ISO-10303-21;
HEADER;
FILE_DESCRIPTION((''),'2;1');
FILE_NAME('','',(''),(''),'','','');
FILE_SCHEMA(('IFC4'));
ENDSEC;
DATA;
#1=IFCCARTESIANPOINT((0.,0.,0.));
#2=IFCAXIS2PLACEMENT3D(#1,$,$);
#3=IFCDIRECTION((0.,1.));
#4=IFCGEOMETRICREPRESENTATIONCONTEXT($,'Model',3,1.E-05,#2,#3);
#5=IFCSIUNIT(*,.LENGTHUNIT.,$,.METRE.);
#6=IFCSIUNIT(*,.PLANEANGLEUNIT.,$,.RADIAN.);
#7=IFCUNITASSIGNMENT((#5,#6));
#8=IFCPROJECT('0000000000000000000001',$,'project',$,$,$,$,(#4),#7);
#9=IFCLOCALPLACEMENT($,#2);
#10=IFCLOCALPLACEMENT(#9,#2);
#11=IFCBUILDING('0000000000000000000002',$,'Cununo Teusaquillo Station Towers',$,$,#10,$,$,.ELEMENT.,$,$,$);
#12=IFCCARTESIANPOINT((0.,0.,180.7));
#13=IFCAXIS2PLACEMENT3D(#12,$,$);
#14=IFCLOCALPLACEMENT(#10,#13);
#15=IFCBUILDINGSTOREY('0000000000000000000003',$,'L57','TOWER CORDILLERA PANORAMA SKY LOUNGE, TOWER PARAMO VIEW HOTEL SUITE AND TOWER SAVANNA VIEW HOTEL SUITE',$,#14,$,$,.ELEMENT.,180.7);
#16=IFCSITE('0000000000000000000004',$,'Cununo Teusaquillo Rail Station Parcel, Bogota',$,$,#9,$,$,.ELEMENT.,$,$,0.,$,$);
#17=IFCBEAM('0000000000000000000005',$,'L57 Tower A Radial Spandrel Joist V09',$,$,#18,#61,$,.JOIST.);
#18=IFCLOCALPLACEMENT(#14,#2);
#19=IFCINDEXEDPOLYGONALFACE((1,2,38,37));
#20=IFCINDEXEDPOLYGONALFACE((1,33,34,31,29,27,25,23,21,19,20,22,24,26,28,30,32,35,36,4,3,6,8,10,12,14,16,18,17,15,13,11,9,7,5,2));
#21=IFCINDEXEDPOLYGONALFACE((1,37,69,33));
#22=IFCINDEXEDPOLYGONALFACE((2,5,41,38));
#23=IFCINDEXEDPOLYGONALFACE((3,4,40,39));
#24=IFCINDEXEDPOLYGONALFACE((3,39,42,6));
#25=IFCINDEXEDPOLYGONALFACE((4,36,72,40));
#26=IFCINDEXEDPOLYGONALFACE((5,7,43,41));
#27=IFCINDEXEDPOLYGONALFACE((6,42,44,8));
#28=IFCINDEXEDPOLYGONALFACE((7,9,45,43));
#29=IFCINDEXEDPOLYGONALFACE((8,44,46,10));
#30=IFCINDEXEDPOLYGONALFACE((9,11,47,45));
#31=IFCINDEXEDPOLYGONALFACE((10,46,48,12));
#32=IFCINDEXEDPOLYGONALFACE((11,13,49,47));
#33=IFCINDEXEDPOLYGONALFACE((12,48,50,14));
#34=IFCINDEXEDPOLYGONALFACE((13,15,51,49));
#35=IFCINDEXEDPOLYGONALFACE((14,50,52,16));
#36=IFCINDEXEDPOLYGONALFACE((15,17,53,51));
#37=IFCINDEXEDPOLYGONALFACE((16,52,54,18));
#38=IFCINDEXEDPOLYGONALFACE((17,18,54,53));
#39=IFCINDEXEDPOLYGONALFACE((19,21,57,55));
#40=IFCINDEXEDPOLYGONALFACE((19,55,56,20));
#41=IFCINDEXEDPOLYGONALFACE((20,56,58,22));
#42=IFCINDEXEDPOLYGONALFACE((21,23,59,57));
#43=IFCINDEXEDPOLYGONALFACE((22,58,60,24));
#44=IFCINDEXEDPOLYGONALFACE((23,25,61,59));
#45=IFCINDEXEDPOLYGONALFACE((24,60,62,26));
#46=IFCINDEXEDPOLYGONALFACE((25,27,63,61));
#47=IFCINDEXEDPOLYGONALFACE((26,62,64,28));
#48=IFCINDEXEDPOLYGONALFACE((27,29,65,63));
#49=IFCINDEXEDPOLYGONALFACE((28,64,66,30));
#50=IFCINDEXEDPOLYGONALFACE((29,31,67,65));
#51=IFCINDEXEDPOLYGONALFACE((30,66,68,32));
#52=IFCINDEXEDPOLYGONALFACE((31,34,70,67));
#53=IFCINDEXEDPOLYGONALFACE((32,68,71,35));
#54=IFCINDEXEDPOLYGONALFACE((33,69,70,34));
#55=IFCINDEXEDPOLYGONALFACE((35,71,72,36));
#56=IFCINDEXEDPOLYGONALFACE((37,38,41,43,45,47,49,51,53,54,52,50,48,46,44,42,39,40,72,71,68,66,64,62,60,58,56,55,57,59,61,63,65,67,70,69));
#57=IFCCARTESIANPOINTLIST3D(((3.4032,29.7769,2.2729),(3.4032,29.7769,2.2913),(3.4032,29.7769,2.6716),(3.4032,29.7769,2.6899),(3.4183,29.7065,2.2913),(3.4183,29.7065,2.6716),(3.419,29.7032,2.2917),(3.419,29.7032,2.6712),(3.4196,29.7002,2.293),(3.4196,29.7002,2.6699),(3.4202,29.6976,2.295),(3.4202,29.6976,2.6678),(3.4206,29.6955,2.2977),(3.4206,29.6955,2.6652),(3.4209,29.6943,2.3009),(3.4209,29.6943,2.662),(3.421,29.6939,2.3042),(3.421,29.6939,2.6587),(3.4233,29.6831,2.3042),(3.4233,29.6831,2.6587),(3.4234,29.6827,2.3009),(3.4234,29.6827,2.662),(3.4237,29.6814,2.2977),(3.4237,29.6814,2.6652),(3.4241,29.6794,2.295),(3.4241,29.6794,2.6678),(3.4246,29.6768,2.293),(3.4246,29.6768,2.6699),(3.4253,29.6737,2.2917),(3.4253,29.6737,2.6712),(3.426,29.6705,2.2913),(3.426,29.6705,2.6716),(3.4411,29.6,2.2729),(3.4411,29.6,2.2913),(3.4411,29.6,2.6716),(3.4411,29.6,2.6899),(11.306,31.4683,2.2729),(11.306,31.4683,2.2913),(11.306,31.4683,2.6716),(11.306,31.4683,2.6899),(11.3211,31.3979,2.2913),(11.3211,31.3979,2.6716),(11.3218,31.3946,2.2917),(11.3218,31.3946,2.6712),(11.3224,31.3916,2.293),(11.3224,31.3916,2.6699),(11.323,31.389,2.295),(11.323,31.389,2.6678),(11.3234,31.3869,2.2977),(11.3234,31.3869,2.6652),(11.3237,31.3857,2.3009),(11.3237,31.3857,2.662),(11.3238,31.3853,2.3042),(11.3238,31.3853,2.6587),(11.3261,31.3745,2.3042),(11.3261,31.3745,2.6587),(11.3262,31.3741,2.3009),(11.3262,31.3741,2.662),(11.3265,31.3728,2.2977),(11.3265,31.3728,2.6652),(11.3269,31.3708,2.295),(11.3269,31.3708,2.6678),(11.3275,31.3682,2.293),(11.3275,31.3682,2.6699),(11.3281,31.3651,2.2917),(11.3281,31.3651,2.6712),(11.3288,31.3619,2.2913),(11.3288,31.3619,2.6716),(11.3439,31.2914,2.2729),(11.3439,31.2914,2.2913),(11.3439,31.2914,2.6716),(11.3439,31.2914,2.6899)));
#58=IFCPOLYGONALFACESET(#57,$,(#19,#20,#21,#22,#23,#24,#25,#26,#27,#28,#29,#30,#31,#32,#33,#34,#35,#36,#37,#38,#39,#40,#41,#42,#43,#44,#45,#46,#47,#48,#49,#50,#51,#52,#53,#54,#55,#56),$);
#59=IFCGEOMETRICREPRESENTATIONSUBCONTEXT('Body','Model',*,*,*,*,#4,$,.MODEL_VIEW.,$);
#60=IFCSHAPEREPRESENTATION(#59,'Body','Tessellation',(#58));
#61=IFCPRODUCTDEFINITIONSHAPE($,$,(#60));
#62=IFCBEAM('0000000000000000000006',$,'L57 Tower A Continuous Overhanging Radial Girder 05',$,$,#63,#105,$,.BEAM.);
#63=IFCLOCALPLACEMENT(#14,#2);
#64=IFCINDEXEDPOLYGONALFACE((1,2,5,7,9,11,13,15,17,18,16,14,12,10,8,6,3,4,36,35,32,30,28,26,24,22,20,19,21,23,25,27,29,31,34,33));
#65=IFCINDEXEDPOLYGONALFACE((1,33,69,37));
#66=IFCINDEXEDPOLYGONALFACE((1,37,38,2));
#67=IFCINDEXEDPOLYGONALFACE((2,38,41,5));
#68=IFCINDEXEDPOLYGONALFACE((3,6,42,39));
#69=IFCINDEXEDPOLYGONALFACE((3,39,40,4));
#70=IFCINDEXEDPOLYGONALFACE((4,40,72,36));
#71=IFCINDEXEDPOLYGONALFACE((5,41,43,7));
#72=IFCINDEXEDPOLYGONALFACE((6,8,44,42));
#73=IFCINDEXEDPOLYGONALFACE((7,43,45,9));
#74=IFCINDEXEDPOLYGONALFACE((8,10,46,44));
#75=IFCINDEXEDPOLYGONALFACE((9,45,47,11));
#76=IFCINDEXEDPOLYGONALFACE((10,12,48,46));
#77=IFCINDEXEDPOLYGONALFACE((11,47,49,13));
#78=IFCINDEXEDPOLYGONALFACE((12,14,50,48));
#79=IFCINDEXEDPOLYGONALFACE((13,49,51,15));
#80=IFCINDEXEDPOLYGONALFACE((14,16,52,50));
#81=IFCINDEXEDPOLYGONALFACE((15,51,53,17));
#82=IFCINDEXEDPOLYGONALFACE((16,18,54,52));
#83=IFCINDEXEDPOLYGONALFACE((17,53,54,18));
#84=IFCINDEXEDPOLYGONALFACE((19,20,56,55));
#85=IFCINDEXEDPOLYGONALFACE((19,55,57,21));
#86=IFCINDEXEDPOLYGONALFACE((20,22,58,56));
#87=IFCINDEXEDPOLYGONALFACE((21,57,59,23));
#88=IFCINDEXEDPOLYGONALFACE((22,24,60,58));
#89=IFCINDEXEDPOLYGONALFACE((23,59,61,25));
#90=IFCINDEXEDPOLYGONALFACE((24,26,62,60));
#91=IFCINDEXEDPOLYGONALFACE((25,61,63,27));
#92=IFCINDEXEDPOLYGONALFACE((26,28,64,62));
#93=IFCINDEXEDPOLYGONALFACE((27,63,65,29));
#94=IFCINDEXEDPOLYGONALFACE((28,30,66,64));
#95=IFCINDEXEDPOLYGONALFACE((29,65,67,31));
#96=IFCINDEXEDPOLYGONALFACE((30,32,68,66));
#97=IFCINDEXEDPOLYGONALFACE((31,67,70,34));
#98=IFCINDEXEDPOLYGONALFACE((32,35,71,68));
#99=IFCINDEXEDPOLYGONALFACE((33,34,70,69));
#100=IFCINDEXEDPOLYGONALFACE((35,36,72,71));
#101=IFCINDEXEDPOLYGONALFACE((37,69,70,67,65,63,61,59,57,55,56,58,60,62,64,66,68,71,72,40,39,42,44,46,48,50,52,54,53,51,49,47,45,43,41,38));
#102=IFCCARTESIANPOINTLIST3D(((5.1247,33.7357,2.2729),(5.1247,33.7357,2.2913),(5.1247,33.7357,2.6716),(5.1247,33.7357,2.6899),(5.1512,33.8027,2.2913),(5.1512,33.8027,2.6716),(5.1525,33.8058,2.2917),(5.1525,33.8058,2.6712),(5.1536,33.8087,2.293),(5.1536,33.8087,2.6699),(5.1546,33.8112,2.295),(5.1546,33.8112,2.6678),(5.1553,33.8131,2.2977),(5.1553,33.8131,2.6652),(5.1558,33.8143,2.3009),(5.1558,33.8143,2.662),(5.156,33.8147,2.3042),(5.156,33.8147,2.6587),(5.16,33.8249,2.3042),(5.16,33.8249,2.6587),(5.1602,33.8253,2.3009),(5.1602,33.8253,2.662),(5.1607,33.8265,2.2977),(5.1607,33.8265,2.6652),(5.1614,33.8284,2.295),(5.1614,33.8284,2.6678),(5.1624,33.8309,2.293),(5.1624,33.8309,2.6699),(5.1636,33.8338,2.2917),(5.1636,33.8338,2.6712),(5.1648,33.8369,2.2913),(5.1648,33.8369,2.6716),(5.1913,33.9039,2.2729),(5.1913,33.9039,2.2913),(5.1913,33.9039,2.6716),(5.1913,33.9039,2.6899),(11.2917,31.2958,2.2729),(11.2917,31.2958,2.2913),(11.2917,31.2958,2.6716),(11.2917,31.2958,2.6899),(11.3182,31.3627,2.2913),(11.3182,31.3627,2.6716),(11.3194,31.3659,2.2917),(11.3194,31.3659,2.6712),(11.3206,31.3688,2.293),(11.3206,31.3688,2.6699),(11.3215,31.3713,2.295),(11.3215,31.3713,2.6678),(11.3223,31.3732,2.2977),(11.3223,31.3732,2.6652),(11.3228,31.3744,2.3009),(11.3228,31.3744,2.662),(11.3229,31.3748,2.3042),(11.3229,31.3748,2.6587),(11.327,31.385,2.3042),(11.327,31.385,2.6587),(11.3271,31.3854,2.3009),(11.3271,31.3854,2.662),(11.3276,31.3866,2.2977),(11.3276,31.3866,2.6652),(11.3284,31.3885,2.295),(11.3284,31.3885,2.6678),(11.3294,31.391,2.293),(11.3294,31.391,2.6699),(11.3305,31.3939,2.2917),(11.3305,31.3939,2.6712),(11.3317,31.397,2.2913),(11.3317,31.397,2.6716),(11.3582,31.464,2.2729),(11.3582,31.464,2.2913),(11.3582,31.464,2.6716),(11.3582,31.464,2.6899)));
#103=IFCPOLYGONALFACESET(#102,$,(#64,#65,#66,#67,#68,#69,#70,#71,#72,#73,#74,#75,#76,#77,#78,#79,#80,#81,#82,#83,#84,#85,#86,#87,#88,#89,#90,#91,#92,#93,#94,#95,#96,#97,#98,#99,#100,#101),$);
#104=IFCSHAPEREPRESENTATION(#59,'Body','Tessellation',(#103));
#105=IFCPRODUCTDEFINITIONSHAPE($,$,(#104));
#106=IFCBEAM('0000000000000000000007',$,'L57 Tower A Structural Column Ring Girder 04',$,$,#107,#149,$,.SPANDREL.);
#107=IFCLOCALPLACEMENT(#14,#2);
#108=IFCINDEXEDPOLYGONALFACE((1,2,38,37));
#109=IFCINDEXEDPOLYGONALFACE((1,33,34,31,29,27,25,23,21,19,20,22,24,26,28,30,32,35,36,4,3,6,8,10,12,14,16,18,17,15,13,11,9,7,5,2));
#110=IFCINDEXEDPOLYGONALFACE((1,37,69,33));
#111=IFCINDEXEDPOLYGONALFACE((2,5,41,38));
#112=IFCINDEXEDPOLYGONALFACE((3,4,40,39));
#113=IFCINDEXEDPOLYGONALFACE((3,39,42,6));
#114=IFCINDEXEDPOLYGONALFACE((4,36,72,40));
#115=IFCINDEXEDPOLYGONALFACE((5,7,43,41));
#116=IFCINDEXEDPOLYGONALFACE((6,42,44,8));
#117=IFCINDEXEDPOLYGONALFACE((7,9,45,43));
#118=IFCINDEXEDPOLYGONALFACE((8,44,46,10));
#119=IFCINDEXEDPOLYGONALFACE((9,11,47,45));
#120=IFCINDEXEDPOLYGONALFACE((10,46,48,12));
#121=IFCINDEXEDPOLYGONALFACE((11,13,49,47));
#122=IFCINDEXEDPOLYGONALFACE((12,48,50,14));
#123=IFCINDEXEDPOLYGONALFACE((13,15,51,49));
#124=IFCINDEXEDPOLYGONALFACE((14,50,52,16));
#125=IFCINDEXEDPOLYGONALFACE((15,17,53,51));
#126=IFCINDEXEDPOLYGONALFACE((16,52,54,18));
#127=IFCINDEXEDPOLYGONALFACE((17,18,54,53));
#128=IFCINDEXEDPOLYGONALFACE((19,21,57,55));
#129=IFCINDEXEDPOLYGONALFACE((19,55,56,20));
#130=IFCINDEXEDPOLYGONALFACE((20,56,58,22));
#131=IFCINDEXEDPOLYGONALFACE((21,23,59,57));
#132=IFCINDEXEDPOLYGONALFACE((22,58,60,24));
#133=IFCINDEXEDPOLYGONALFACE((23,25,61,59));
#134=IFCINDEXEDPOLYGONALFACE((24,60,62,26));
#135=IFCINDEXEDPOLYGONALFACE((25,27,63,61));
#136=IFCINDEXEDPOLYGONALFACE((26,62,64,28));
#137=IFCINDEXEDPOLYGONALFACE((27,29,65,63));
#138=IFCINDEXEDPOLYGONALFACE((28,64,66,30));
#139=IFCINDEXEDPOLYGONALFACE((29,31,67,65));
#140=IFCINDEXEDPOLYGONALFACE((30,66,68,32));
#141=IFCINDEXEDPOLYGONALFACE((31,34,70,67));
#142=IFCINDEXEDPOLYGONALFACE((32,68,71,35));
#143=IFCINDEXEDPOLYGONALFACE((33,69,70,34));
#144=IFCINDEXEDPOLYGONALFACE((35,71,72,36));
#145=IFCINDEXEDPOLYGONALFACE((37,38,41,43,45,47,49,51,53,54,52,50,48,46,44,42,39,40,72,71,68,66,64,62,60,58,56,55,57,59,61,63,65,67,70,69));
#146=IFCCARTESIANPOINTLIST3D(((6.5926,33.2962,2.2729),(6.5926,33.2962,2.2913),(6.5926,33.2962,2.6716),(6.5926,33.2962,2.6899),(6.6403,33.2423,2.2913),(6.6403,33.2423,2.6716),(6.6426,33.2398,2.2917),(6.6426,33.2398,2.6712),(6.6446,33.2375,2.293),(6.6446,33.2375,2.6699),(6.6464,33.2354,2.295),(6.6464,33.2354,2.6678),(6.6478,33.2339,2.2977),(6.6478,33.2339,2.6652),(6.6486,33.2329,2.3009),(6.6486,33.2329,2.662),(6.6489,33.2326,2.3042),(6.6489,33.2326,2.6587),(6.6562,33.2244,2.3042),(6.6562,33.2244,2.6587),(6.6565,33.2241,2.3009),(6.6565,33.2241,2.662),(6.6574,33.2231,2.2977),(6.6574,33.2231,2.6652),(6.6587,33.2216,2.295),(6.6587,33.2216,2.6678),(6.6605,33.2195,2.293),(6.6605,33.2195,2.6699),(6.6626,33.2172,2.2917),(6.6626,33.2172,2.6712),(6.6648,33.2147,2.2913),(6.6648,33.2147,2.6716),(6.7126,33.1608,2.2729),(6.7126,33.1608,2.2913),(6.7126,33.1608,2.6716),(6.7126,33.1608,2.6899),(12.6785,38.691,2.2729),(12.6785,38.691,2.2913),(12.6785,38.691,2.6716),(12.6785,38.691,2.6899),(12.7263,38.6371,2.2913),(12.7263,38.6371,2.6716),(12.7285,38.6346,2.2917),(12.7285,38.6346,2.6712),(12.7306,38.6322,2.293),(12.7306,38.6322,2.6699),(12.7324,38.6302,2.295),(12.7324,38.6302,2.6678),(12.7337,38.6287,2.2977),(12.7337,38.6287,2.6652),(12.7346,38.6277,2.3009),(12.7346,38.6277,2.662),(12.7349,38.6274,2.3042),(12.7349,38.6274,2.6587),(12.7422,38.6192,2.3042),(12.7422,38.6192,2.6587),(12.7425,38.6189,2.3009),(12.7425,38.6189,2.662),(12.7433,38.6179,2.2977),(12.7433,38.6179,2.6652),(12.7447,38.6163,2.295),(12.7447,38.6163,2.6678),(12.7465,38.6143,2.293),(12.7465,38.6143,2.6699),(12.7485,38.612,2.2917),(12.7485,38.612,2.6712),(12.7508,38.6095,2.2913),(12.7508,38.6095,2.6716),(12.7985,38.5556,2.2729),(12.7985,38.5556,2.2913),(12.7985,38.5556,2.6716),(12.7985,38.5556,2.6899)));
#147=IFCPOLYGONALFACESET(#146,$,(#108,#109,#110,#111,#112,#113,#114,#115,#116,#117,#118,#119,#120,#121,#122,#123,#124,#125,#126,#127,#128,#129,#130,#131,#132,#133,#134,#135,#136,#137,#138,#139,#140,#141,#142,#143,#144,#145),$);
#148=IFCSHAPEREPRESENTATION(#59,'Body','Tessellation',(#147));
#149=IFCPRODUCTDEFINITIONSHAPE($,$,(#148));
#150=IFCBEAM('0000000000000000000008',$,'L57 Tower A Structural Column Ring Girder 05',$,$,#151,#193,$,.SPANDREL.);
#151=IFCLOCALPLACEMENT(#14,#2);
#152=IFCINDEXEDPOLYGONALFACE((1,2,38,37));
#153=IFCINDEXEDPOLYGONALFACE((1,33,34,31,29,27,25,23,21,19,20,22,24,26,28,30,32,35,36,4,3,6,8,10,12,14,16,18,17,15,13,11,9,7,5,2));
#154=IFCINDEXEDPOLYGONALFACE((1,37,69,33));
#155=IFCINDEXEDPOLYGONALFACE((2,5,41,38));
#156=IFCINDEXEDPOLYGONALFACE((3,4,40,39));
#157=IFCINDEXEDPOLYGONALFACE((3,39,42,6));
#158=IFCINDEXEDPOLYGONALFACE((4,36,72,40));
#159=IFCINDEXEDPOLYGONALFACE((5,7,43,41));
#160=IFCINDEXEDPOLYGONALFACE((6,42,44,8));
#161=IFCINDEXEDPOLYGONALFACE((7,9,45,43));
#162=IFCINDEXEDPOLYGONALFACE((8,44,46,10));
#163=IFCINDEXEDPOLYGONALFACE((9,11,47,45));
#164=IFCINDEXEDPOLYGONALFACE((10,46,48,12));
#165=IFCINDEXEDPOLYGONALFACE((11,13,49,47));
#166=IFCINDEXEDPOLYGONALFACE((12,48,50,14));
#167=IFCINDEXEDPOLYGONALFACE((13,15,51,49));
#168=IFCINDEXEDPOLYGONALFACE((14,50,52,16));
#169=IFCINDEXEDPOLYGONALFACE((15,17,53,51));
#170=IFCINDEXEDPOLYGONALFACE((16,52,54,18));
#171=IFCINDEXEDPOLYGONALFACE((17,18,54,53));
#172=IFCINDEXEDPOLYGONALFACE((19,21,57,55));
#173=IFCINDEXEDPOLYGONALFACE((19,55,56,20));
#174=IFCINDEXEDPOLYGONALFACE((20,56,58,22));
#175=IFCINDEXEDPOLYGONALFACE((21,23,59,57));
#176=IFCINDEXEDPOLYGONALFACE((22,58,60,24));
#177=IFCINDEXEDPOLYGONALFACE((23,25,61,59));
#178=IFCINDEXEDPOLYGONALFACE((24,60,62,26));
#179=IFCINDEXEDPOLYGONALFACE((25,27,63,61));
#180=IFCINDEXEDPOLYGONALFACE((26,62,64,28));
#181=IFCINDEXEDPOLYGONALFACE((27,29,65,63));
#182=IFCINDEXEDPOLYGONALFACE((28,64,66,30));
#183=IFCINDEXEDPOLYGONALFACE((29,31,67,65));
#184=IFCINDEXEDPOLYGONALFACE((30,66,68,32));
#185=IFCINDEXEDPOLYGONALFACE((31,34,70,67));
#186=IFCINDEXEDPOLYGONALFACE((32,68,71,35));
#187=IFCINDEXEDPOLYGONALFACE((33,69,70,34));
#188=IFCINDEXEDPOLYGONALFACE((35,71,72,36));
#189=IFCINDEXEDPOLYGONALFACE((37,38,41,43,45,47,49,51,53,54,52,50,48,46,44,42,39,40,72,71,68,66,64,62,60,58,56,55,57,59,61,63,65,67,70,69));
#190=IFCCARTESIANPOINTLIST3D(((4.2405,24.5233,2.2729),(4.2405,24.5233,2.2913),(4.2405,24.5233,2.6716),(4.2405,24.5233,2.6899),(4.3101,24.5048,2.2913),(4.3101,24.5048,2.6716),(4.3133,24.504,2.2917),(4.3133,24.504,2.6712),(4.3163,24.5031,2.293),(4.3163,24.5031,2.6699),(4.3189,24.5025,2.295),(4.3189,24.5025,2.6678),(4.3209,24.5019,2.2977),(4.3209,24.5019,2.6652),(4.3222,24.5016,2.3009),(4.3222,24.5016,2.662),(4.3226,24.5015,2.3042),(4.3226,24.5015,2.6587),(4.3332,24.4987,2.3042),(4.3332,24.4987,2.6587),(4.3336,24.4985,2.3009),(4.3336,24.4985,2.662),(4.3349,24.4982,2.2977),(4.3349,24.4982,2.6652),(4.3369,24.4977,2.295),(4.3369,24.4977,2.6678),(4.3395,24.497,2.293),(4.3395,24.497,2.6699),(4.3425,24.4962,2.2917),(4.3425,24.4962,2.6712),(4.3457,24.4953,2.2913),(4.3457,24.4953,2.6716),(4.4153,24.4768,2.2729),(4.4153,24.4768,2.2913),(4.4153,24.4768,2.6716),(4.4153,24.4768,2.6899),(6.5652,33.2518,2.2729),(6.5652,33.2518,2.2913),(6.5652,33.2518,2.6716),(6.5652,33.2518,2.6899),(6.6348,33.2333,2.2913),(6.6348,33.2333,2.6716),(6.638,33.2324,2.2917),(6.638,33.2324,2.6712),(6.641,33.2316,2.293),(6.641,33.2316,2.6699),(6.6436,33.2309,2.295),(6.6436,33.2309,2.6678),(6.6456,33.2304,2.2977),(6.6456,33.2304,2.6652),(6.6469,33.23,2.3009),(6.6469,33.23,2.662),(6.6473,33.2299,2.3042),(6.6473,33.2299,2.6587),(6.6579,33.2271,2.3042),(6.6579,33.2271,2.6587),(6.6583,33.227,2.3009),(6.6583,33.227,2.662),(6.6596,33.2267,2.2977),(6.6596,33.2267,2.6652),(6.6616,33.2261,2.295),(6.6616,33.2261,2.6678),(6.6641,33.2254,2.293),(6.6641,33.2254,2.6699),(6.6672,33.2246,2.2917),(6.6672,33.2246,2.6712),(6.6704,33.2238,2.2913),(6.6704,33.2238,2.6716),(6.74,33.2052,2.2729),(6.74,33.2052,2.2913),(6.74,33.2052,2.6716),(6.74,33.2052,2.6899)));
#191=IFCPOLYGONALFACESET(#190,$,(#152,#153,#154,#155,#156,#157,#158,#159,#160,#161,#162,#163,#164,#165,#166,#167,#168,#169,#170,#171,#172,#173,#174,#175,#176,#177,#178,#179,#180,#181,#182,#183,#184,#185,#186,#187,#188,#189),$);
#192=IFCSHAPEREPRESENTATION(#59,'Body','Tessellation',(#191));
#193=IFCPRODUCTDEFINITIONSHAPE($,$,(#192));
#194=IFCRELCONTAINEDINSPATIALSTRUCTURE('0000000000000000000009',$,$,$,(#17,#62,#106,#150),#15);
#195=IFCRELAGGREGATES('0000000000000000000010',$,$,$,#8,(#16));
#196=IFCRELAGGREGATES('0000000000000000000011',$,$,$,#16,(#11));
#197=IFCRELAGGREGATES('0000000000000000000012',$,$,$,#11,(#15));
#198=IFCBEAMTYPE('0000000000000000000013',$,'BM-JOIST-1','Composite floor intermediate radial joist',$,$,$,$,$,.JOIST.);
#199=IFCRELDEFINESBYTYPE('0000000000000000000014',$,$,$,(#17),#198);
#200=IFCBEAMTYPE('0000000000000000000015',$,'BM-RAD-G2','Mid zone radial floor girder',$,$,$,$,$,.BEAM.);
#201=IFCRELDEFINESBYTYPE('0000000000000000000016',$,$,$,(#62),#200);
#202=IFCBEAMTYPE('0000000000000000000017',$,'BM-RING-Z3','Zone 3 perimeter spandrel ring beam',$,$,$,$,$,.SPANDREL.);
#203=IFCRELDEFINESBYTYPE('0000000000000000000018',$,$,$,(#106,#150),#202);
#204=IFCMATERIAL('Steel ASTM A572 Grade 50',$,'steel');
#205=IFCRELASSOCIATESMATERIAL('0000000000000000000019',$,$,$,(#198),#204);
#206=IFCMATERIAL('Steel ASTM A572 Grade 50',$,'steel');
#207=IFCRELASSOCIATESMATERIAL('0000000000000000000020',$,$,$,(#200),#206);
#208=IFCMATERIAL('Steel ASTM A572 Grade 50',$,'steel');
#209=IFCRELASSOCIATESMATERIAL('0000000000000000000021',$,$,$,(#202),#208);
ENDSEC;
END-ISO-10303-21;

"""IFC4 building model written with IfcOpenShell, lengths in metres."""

from ifc_helpers import new_model, si_unit, direction, frame, origin, origin_2d, place, context, subcontext, project, spatial, i_section, extrude, material, material_profile, profile_set, type_object, element, save


model = new_model("IFC4")

# Units and contexts
model_context = context("Model", 3, precision=1e-05, world=origin(), true_north=direction((0.0, 1.0)))
body_context = subcontext(model_context, "Body", "Model", "MODEL_VIEW")
ifc_project = project(units=[si_unit("LENGTHUNIT", "METRE"), si_unit("PLANEANGLEUNIT", "RADIAN")], contexts=[model_context])

# Site, building, storey
site_placement = place(None, origin())
site = spatial("IfcSite", under=ifc_project, at=site_placement, Name="Cununo Teusaquillo Rail Station Parcel, Bogota", CompositionType="ELEMENT", RefElevation=0.0)
building_placement = place(site_placement, origin())
building = spatial("IfcBuilding", under=site, at=building_placement, Name="Cununo Teusaquillo Station Towers", CompositionType="ELEMENT")
storey_placement = place(building_placement, frame((0.0, 0.0, 180.7)))
storey = spatial("IfcBuildingStorey", under=building, at=storey_placement, Name="L57", Description="TOWER CORDILLERA PANORAMA SKY LOUNGE, TOWER PARAMO VIEW HOTEL SUITE AND TOWER SAVANNA VIEW HOTEL SUITE", CompositionType="ELEMENT", Elevation=180.7)

# Beams
ifc_material_1 = material(Name="Steel ASTM A572 Grade 50", Category="steel")
ifc_material_profile_1 = material_profile(ifc_material_1, i_section(OverallWidth=0.1809, OverallDepth=0.417, WebThickness=0.011, FlangeThickness=0.0183, FilletRadius=0.0129, at=origin_2d()), Name="W16X57")
ifc_profile_set_1 = profile_set([ifc_material_profile_1], Name="Steel ASTM A572 Grade 50")
beam_type_1 = type_object("IfcBeamType", Name="BM-JOIST-1", Description="Composite floor intermediate radial joist", PredefinedType="JOIST", material=ifc_profile_set_1)
beam_1_placement = place(storey_placement, frame((11.325, 31.3799, 2.4814), z_axis=(-0.977855, -0.209286, 0.0), x_axis=(0.209286, -0.977855, 0.0)))
element("IfcBeam", 1, at=beam_1_placement, inside=storey, type_object=beam_type_1, Name="L57 Tower A Radial Spandrel Joist V09", PredefinedType="JOIST", context=body_context, shape_type="SweptSolid", body=[
    extrude(i_section(OverallWidth=0.1809, OverallDepth=0.417, WebThickness=0.011, FlangeThickness=0.0183, FilletRadius=0.0129, at=origin_2d()), origin(), (0.0, 0.0, 1.0), 8.0818),
])
ifc_material_2 = material(Name="Steel ASTM A572 Grade 50", Category="steel")
ifc_material_profile_2 = material_profile(ifc_material_2, i_section(OverallWidth=0.1809, OverallDepth=0.417, WebThickness=0.011, FlangeThickness=0.0183, FilletRadius=0.0129, at=origin_2d()), Name="W16X57")
ifc_profile_set_2 = profile_set([ifc_material_profile_2], Name="Steel ASTM A572 Grade 50")
beam_type_2 = type_object("IfcBeamType", Name="BM-RAD-G2", Description="Mid zone radial floor girder", PredefinedType="BEAM", material=ifc_profile_set_2)
beam_2_placement = place(storey_placement, frame((11.325, 31.3799, 2.4814), z_axis=(-0.929866, 0.367897, 0.0), x_axis=(-0.367897, -0.929866, 0.0)))
element("IfcBeam", 2, at=beam_2_placement, inside=storey, type_object=beam_type_2, Name="L57 Tower A Continuous Overhanging Radial Girder 05", PredefinedType="BEAM", context=body_context, shape_type="SweptSolid", body=[
    extrude(i_section(OverallWidth=0.1809, OverallDepth=0.417, WebThickness=0.011, FlangeThickness=0.0183, FilletRadius=0.0129, at=origin_2d()), origin(), (0.0, 0.0, 1.0), 6.6321),
])
ifc_material_3 = material(Name="Steel ASTM A572 Grade 50", Category="steel")
ifc_material_profile_3 = material_profile(ifc_material_3, i_section(OverallWidth=0.1809, OverallDepth=0.417, WebThickness=0.011, FlangeThickness=0.0183, FilletRadius=0.0129, at=origin_2d()), Name="W16X57")
ifc_profile_set_3 = profile_set([ifc_material_profile_3], Name="Steel ASTM A572 Grade 50")
beam_type_3 = type_object("IfcBeamType", Name="BM-RING-Z3", Description="Zone 3 perimeter spandrel ring beam", PredefinedType="SPANDREL", material=ifc_profile_set_3)
beam_3_placement = place(storey_placement, frame((12.7385, 38.6233, 2.4814), z_axis=(-0.748321, -0.663337, 0.0), x_axis=(0.663337, -0.748321, 0.0)))
element("IfcBeam", 3, at=beam_3_placement, inside=storey, type_object=beam_type_3, Name="L57 Tower A Structural Column Ring Girder 04", PredefinedType="SPANDREL", context=body_context, shape_type="SweptSolid", body=[
    extrude(i_section(OverallWidth=0.1809, OverallDepth=0.417, WebThickness=0.011, FlangeThickness=0.0183, FilletRadius=0.0129, at=origin_2d()), origin(), (0.0, 0.0, 1.0), 8.1328),
])
beam_4_placement = place(storey_placement, frame((6.6526, 33.2285, 2.4814), z_axis=(-0.257363, -0.966315, 0.0), x_axis=(0.966315, -0.257363, 0.0)))
element("IfcBeam", 4, at=beam_4_placement, inside=storey, type_object=beam_type_3, Name="L57 Tower A Structural Column Ring Girder 05", PredefinedType="SPANDREL", context=body_context, shape_type="SweptSolid", body=[
    extrude(i_section(OverallWidth=0.1809, OverallDepth=0.417, WebThickness=0.011, FlangeThickness=0.0183, FilletRadius=0.0129, at=origin_2d()), origin(), (0.0, 0.0, 1.0), 9.0327),
])

save(model, "model.ifc")
